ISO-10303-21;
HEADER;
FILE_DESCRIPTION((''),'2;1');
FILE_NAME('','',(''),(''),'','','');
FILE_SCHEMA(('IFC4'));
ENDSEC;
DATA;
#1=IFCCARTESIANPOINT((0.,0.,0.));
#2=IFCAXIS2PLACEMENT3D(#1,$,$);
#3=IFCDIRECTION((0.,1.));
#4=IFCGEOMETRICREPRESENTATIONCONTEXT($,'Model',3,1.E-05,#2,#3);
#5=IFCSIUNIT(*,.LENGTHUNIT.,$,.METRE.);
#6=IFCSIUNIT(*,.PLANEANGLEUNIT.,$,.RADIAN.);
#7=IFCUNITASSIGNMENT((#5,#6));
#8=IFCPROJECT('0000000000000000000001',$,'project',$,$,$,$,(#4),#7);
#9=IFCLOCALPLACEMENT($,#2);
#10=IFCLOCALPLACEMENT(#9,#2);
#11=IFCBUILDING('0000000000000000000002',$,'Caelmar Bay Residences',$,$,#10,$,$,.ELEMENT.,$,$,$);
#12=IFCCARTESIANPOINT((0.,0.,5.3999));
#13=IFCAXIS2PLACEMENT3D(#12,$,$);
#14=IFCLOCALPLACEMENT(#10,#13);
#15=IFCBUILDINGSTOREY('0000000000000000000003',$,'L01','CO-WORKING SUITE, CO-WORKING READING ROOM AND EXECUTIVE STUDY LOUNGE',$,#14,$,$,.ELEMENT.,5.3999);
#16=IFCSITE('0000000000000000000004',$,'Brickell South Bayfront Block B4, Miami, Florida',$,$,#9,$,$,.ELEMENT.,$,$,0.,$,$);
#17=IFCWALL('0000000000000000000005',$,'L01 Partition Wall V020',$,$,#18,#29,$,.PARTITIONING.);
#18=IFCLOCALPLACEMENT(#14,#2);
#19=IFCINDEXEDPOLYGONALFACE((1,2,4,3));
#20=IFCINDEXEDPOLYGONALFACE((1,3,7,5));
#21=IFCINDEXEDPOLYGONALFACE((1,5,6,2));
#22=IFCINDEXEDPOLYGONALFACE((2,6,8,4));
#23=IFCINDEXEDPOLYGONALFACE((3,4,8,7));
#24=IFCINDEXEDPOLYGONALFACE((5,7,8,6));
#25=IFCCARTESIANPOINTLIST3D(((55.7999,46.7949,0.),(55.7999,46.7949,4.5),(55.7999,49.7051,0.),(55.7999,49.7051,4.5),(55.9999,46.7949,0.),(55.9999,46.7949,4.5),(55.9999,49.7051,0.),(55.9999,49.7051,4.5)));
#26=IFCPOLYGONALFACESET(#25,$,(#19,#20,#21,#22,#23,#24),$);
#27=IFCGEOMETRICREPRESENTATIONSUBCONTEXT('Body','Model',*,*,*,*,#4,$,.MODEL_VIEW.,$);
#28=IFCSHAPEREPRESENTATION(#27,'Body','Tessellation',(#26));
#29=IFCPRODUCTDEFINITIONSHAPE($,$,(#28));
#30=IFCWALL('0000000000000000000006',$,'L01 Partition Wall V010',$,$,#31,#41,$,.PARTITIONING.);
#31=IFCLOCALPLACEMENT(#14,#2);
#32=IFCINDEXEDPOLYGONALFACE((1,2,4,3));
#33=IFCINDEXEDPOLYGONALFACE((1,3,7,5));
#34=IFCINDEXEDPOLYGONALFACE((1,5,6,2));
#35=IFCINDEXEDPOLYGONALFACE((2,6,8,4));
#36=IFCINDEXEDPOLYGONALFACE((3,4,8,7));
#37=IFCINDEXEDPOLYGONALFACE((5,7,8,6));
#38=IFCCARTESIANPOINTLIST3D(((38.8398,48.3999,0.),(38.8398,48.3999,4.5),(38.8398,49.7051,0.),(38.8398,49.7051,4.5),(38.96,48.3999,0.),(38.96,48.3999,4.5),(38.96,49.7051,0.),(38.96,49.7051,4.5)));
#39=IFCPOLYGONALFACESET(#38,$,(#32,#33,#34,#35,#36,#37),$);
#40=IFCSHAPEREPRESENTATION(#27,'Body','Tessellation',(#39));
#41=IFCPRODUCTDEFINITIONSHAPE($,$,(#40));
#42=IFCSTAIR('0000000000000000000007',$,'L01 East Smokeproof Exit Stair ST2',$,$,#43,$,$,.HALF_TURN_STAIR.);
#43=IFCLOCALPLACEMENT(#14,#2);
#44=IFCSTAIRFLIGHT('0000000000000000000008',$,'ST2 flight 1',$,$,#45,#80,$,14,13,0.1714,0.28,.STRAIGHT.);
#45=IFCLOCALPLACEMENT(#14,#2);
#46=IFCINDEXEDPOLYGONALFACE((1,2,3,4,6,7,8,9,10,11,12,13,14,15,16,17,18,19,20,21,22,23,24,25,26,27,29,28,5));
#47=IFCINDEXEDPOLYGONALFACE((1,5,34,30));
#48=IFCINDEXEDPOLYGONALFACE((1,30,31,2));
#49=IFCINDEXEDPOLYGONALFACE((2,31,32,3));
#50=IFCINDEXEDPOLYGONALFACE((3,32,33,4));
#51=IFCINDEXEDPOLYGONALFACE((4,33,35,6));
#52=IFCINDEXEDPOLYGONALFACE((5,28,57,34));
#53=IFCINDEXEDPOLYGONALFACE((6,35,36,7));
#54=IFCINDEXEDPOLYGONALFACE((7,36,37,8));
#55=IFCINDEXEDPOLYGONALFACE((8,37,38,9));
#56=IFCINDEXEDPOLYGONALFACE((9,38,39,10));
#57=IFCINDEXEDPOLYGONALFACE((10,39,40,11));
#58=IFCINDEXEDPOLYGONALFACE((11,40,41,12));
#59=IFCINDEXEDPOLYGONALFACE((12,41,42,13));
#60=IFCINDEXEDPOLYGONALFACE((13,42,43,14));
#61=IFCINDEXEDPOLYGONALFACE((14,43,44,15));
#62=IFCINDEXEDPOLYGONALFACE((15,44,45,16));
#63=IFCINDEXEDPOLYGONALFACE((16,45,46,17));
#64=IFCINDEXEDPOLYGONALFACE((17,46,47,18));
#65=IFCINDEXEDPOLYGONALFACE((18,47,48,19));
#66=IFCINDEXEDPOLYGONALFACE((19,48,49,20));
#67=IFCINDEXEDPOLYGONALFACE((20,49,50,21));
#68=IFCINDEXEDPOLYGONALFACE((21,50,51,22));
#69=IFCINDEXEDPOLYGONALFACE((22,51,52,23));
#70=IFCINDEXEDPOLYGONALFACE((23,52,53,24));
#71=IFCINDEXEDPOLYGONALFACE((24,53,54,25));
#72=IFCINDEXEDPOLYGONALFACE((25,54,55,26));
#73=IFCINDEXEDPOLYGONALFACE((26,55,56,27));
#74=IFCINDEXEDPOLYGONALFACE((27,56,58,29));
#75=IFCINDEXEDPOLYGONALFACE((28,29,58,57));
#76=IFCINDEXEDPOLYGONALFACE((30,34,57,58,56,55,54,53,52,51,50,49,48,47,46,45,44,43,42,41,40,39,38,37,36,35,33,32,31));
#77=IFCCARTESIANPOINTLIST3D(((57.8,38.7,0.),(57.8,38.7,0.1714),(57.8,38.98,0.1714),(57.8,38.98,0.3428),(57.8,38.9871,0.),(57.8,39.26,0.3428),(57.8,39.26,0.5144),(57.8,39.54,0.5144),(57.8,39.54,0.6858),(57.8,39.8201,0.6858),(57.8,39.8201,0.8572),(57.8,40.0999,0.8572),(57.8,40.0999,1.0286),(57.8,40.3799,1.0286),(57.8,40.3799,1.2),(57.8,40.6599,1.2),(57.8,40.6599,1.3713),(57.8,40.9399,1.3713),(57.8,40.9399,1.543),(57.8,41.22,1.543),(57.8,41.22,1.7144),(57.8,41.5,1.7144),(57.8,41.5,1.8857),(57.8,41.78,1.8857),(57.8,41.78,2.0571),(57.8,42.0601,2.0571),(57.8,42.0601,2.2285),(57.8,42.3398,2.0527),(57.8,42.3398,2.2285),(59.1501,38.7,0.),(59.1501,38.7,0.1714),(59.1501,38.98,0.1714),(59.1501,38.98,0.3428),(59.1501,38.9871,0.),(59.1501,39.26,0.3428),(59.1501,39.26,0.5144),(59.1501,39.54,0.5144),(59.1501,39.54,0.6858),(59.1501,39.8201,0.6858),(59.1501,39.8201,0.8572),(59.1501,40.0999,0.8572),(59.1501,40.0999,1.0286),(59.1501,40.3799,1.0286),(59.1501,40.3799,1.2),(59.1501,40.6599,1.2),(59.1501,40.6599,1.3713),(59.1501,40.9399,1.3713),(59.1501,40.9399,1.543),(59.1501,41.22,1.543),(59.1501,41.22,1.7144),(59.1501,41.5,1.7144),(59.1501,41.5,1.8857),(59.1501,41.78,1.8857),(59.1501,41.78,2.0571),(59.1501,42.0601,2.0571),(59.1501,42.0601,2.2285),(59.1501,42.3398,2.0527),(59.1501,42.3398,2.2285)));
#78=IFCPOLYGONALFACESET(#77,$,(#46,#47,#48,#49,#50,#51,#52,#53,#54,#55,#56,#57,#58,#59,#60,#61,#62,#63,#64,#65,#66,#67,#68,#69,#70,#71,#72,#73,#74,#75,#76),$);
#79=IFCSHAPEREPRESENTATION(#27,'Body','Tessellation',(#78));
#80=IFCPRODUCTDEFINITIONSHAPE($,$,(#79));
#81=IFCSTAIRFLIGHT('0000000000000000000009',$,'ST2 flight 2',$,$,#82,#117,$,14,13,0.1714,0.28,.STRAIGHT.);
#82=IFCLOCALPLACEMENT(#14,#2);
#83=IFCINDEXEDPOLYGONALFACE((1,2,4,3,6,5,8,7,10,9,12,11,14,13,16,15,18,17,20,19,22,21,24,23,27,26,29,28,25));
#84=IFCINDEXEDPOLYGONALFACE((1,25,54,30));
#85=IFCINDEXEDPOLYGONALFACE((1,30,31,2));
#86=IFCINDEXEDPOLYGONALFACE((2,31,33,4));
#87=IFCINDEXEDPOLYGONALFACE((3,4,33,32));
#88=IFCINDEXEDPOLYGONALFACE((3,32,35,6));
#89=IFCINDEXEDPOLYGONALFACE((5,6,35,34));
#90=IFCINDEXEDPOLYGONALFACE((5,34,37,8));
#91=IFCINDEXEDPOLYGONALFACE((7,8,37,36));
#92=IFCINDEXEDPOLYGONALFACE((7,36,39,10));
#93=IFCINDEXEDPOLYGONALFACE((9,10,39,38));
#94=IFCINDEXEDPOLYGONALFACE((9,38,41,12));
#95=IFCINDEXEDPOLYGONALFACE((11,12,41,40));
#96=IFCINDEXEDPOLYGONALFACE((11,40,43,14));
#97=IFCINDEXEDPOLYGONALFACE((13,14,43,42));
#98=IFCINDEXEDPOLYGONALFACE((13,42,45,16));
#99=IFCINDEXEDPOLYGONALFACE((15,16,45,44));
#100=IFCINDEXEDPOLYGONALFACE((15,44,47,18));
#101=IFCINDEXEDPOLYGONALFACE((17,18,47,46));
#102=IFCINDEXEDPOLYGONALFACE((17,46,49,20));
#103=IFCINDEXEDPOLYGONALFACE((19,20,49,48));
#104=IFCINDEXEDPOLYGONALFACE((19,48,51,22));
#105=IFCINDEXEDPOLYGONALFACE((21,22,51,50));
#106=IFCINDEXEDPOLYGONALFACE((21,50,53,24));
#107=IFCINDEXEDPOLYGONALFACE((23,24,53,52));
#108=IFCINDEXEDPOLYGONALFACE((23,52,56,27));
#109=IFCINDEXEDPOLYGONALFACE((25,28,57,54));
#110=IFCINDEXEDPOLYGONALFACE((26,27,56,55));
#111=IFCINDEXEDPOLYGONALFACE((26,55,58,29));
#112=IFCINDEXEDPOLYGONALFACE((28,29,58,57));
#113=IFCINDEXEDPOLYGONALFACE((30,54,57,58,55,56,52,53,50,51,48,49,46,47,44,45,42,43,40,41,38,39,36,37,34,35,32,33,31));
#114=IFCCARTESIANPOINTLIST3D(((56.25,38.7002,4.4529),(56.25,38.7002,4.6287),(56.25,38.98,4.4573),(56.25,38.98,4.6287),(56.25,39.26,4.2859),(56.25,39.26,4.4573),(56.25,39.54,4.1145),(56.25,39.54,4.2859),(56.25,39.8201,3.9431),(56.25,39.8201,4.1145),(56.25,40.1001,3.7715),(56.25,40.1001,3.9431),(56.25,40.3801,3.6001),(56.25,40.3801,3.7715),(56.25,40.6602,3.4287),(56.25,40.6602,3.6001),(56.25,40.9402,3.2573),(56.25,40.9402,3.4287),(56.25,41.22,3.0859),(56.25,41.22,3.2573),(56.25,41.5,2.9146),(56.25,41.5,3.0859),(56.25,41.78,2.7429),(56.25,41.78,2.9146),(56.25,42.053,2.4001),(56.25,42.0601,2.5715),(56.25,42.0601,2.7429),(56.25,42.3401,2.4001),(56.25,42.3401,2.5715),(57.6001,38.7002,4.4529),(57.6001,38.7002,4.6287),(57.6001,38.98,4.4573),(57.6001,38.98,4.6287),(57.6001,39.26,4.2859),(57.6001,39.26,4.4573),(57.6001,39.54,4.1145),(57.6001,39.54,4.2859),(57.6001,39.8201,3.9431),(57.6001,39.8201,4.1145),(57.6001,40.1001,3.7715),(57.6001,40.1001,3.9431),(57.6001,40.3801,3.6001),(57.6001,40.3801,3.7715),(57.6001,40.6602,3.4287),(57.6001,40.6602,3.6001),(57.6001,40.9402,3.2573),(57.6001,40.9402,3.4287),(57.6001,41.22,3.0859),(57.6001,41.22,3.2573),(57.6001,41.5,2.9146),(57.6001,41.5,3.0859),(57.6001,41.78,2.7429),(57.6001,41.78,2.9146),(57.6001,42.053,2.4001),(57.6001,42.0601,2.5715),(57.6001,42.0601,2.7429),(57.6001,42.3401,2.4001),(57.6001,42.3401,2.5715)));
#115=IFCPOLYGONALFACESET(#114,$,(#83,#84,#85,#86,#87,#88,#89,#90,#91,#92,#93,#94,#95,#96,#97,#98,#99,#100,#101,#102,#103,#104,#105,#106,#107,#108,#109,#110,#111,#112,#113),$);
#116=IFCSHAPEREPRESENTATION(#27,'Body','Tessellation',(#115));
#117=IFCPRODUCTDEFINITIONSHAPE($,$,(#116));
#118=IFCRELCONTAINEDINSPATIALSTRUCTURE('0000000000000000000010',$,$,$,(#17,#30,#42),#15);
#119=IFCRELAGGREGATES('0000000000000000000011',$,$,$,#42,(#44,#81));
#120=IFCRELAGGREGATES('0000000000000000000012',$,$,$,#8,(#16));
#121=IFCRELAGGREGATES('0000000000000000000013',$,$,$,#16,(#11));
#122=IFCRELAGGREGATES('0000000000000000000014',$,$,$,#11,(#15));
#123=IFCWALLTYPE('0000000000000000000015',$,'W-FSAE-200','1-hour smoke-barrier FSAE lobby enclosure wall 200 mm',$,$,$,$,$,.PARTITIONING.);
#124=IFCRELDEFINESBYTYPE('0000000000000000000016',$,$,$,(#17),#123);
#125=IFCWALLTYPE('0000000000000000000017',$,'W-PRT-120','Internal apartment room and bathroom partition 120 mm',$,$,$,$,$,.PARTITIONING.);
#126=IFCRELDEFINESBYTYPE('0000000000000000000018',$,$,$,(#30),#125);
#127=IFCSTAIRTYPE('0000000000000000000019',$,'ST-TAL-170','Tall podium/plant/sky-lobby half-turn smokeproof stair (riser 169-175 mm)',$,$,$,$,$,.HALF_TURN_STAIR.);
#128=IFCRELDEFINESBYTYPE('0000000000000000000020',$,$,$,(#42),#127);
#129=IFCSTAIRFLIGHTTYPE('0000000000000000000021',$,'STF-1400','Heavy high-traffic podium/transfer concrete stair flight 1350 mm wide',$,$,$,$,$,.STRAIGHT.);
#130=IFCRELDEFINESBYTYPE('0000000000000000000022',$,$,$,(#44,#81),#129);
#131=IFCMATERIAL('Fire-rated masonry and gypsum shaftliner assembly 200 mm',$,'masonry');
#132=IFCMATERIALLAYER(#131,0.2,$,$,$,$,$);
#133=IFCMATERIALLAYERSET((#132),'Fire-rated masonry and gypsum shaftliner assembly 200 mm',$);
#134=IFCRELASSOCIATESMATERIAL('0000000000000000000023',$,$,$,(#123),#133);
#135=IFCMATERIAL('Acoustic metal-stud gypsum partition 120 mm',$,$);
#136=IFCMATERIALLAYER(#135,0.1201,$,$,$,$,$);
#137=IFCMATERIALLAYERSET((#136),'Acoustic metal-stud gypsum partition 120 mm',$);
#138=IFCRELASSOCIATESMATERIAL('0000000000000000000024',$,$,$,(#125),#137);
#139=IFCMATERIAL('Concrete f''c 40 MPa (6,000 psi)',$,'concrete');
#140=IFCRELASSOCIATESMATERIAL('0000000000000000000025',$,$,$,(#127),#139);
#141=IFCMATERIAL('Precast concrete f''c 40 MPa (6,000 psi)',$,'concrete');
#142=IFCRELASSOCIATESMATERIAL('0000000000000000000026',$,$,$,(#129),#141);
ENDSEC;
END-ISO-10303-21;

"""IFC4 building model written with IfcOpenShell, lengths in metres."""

from ifc_helpers import new_model, si_unit, direction, frame, frame_2d, origin, place, context, subcontext, project, spatial, polyline, rectangle, outline, extrude, material, layer, layer_set, type_object, element, aggregate, save


model = new_model("IFC4")

# Units and contexts
model_context = context("Model", 3, precision=1e-05, world=origin(), true_north=direction((0.0, 1.0)))
body_context = subcontext(model_context, "Body", "Model", "MODEL_VIEW")
ifc_project = project(units=[si_unit("LENGTHUNIT", "METRE"), si_unit("PLANEANGLEUNIT", "RADIAN")], contexts=[model_context])

# Site, building, storey
site_placement = place(None, origin())
site = spatial("IfcSite", under=ifc_project, at=site_placement, Name="Brickell South Bayfront Block B4, Miami, Florida", CompositionType="ELEMENT", RefElevation=0.0)
building_placement = place(site_placement, origin())
building = spatial("IfcBuilding", under=site, at=building_placement, Name="Caelmar Bay Residences", CompositionType="ELEMENT")
storey_placement = place(building_placement, frame((0.0, 0.0, 5.3999)))
storey = spatial("IfcBuildingStorey", under=building, at=storey_placement, Name="L01", Description="CO-WORKING SUITE, CO-WORKING READING ROOM AND EXECUTIVE STUDY LOUNGE", CompositionType="ELEMENT", Elevation=5.3999)

# Walls
ifc_material_1 = material(Name="Fire-rated masonry and gypsum shaftliner assembly 200 mm", Category="masonry")
ifc_layer_1 = layer(ifc_material_1, 0.2)
ifc_layer_set_1 = layer_set([ifc_layer_1], Name="Fire-rated masonry and gypsum shaftliner assembly 200 mm")
wall_type_1 = type_object("IfcWallType", Name="W-FSAE-200", Description="1-hour smoke-barrier FSAE lobby enclosure wall 200 mm", PredefinedType="PARTITIONING", material=ifc_layer_set_1)
wall_1_placement = place(storey_placement, frame((55.8999, 46.7949, 0.0), z_axis=(0.0, 0.0, 1.0), x_axis=(0.0, 1.0, 0.0)))
element("IfcWall", 1, at=wall_1_placement, inside=storey, type_object=wall_type_1, Name="L01 Partition Wall V020", PredefinedType="PARTITIONING", context=body_context, shape_type="SweptSolid", body=[
    extrude(rectangle(XDim=2.9102, YDim=0.2, at=frame_2d((1.4551, 0.0))), origin(), (0.0, 0.0, 1.0), 4.5),
])
ifc_material_2 = material(Name="Acoustic metal-stud gypsum partition 120 mm")
ifc_layer_2 = layer(ifc_material_2, 0.1201)
ifc_layer_set_2 = layer_set([ifc_layer_2], Name="Acoustic metal-stud gypsum partition 120 mm")
wall_type_2 = type_object("IfcWallType", Name="W-PRT-120", Description="Internal apartment room and bathroom partition 120 mm", PredefinedType="PARTITIONING", material=ifc_layer_set_2)
wall_2_placement = place(storey_placement, frame((38.8999, 48.3999, 0.0), z_axis=(0.0, 0.0, 1.0), x_axis=(0.0, 1.0, 0.0)))
element("IfcWall", 2, at=wall_2_placement, inside=storey, type_object=wall_type_2, Name="L01 Partition Wall V010", PredefinedType="PARTITIONING", context=body_context, shape_type="SweptSolid", body=[
    extrude(rectangle(XDim=1.3052, YDim=0.1201, at=frame_2d((0.6526, 0.0))), origin(), (0.0, 0.0, 1.0), 4.5),
])

# Stair, stair flights
ifc_material_3 = material(Name="Concrete f'c 40 MPa (6,000 psi)", Category="concrete")
stair_type = type_object("IfcStairType", Name="ST-TAL-170", Description="Tall podium/plant/sky-lobby half-turn smokeproof stair (riser 169-175 mm)", PredefinedType="HALF_TURN_STAIR", material=ifc_material_3)
stair_placement = place(storey_placement, origin())
stair = element("IfcStair", 3, at=stair_placement, inside=storey, type_object=stair_type, Name="L01 East Smokeproof Exit Stair ST2", PredefinedType="HALF_TURN_STAIR")
ifc_material_4 = material(Name="Precast concrete f'c 40 MPa (6,000 psi)", Category="concrete")
stair_flight_type = type_object("IfcStairFlightType", Name="STF-1400", Description="Heavy high-traffic podium/transfer concrete stair flight 1350 mm wide", PredefinedType="STRAIGHT", material=ifc_material_4)
stair_flight_1_placement = place(storey_placement, frame((58.4751, 38.7, 0.0), z_axis=(0.0, 0.0, 1.0), x_axis=(0.0, 1.0, 0.0)))
stair_flight_1 = element("IfcStairFlight", 4, at=stair_flight_1_placement, type_object=stair_flight_type, Name="ST2 flight 1", NumberOfRisers=14, NumberOfTreads=13, PredefinedType="STRAIGHT", RiserHeight=0.1714, TreadLength=0.28, context=body_context, shape_type="SweptSolid", body=[
    extrude(outline(polyline([(0.0, 0.0), (0.0, 0.1714), (0.28, 0.1714), (0.28, 0.3428), (0.5601, 0.3428), (0.5601, 0.5144), (0.8401, 0.5144), (0.8401, 0.6858), (1.1201, 0.6858), (1.1201, 0.8572), (1.3999, 0.8572), (1.3999, 1.0286), (1.6799, 1.0286), (1.6799, 1.2), (1.96, 1.2), (1.96, 1.3713), (2.24, 1.3713), (2.24, 1.543), (2.52, 1.543), (2.52, 1.7144), (2.8, 1.7144), (2.8, 1.8857), (3.0801, 1.8857), (3.0801, 2.0571), (3.3601, 2.0571), (3.3601, 2.2285), (3.6399, 2.2285), (3.6399, 2.3999), (3.6399, 2.0527), (0.2871, 0.0), (0.0, 0.0)])), frame((0.0, 0.675, 0.0), z_axis=(0.0, -1.0, 0.0), x_axis=(1.0, 0.0, 0.0)), (0.0, 0.0, 1.0), 1.3501),
])
stair_flight_2_placement = place(storey_placement, frame((56.925, 42.3401, 2.4001), z_axis=(0.0, 0.0, 1.0), x_axis=(0.0, -1.0, 0.0)))
stair_flight_2 = element("IfcStairFlight", 5, at=stair_flight_2_placement, type_object=stair_flight_type, Name="ST2 flight 2", NumberOfRisers=14, NumberOfTreads=13, PredefinedType="STRAIGHT", RiserHeight=0.1714, TreadLength=0.28, context=body_context, shape_type="SweptSolid", body=[
    extrude(outline(polyline([(0.0, 0.0), (0.0, 0.1714), (0.28, 0.1714), (0.28, 0.3428), (0.5601, 0.3428), (0.5601, 0.5144), (0.8401, 0.5144), (0.8401, 0.6858), (1.1201, 0.6858), (1.1201, 0.8572), (1.3999, 0.8572), (1.3999, 1.0286), (1.6799, 1.0286), (1.6799, 1.2), (1.96, 1.2), (1.96, 1.3713), (2.24, 1.3713), (2.24, 1.543), (2.52, 1.543), (2.52, 1.7144), (2.8, 1.7144), (2.8, 1.8857), (3.0801, 1.8857), (3.0801, 2.0571), (3.3601, 2.0571), (3.3601, 2.2285), (3.6399, 2.2285), (3.6399, 2.3999), (3.6399, 2.0527), (0.2871, 0.0), (0.0, 0.0)])), frame((0.0, 0.675, 0.0), z_axis=(0.0, -1.0, 0.0), x_axis=(1.0, 0.0, 0.0)), (0.0, 0.0, 1.0), 1.3501),
])
aggregate(stair, [stair_flight_1, stair_flight_2])

save(model, "model.ifc")
